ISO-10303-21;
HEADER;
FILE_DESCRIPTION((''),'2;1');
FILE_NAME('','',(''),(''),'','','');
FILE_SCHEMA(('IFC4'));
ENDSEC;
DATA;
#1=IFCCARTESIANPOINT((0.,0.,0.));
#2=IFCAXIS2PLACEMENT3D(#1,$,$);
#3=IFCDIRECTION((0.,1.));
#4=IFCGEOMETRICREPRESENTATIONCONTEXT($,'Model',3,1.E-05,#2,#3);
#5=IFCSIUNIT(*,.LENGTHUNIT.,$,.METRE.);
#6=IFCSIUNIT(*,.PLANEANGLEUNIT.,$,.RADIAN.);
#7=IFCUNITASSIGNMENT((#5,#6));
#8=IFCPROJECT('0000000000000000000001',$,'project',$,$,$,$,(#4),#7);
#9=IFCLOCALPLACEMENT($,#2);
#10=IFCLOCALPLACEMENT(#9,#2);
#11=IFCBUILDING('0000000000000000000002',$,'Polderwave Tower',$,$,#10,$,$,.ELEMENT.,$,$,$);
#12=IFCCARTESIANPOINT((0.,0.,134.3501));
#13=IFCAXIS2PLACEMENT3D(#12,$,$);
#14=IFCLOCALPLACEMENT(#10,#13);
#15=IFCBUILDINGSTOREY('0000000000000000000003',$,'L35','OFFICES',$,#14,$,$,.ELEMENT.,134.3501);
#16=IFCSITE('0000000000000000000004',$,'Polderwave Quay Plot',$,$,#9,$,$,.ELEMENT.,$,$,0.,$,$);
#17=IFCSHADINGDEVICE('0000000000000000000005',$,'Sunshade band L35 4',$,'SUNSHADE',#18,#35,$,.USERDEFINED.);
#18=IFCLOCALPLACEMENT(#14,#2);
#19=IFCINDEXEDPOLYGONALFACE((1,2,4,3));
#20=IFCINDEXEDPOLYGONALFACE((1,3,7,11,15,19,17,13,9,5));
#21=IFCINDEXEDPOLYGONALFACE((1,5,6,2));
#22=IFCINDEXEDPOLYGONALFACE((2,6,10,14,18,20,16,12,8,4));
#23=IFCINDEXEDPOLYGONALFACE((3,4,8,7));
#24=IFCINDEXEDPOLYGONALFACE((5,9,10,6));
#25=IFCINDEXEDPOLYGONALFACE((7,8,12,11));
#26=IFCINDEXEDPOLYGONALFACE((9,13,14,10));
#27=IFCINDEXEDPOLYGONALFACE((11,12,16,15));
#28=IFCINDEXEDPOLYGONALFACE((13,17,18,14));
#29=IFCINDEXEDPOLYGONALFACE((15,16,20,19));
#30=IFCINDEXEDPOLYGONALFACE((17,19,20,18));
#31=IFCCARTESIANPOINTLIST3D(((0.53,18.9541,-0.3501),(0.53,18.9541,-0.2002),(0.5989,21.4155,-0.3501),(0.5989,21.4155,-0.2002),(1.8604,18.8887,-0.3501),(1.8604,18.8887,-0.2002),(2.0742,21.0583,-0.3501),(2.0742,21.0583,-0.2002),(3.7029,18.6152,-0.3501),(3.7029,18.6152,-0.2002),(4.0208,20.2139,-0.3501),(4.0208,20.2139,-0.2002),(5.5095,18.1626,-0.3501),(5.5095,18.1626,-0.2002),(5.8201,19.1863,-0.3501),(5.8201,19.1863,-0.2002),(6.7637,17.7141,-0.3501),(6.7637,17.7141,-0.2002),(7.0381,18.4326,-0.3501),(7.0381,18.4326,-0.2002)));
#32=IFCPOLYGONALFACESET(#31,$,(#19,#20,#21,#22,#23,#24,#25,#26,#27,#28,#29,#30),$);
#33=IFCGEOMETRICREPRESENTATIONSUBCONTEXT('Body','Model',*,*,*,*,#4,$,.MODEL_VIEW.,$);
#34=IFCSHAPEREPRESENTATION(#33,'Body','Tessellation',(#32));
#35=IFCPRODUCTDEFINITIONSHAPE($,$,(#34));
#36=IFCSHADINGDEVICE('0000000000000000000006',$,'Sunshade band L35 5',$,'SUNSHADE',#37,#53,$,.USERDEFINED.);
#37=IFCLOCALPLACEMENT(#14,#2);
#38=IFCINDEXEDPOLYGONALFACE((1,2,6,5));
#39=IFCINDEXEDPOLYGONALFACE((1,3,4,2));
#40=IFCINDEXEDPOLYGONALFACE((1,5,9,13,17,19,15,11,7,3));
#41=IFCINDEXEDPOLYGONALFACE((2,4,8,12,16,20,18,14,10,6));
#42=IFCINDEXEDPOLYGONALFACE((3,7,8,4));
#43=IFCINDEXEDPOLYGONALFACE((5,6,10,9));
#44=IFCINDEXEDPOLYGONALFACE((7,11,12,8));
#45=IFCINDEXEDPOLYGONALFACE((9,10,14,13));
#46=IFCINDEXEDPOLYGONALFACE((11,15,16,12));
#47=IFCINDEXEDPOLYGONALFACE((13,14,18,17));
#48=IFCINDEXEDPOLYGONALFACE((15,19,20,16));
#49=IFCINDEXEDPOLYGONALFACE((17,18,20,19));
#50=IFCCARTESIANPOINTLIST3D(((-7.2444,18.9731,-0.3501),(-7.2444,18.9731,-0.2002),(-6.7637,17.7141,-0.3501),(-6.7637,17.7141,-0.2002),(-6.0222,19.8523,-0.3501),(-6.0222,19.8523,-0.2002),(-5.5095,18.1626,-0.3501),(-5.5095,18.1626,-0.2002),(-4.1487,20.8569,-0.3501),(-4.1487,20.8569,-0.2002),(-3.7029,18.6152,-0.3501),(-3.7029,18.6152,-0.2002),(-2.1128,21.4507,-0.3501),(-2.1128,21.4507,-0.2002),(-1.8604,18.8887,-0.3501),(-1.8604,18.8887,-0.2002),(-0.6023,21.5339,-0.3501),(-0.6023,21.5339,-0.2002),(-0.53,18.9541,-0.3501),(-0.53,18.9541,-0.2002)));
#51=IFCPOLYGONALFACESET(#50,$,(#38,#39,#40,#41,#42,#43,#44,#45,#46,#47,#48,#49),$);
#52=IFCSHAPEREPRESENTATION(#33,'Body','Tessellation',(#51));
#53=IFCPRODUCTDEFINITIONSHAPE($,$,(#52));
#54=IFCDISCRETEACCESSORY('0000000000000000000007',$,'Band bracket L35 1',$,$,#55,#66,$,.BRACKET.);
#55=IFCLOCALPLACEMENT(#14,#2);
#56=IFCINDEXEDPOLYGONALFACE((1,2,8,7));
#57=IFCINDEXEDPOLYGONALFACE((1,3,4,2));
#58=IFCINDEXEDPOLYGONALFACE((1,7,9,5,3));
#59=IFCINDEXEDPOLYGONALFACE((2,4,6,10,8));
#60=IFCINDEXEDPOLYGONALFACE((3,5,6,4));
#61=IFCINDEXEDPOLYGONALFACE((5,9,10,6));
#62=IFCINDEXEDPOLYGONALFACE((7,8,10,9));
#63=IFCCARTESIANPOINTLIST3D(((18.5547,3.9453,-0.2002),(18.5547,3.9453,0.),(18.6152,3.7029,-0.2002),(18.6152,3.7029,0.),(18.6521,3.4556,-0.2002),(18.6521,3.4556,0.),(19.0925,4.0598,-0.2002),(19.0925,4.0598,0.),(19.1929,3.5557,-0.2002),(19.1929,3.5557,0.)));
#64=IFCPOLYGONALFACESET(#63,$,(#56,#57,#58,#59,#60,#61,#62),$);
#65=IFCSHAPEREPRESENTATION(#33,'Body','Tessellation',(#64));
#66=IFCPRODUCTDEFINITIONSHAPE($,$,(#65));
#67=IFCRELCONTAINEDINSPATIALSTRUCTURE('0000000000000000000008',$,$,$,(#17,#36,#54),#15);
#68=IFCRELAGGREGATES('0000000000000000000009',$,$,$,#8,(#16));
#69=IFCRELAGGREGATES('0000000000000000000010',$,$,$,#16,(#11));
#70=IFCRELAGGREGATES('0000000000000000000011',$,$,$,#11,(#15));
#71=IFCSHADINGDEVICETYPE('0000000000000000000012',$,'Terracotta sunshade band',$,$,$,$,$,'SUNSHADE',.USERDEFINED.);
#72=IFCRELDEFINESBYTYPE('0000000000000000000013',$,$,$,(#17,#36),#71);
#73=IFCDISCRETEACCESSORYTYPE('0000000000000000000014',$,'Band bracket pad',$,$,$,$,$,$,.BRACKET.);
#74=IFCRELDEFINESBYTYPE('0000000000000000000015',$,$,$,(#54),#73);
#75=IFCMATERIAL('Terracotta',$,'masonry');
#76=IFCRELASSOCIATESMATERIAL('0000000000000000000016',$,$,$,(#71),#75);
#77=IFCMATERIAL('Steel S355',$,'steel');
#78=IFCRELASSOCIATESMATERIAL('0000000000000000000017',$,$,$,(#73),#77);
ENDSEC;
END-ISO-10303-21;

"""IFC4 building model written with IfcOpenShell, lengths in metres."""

from ifc_helpers import new_model, si_unit, direction, frame, origin, place, context, subcontext, project, spatial, polyline, outline, extrude, material, type_object, element, save


model = new_model("IFC4")

# Units and contexts
model_context = context("Model", 3, precision=1e-05, world=origin(), true_north=direction((0.0, 1.0)))
body_context = subcontext(model_context, "Body", "Model", "MODEL_VIEW")
ifc_project = project(units=[si_unit("LENGTHUNIT", "METRE"), si_unit("PLANEANGLEUNIT", "RADIAN")], contexts=[model_context])

# Site, building, storey
site_placement = place(None, origin())
site = spatial("IfcSite", under=ifc_project, at=site_placement, Name="Polderwave Quay Plot", CompositionType="ELEMENT", RefElevation=0.0)
building_placement = place(site_placement, origin())
building = spatial("IfcBuilding", under=site, at=building_placement, Name="Polderwave Tower", CompositionType="ELEMENT")
storey_placement = place(building_placement, frame((0.0, 0.0, 134.3501)))
storey = spatial("IfcBuildingStorey", under=building, at=storey_placement, Name="L35", Description="OFFICES", CompositionType="ELEMENT", Elevation=134.3501)

# Shading devices
ifc_material_1 = material(Name="Terracotta", Category="masonry")
shading_device_type = type_object("IfcShadingDeviceType", Name="Terracotta sunshade band", ElementType="SUNSHADE", PredefinedType="USERDEFINED", material=ifc_material_1)
shading_device_1_placement = place(storey_placement, frame((0.0, 0.0, -0.3501)))
element("IfcShadingDevice", 1, at=shading_device_1_placement, inside=storey, type_object=shading_device_type, Name="Sunshade band L35 4", ObjectType="SUNSHADE", PredefinedType="USERDEFINED", context=body_context, shape_type="SweptSolid", body=[
    extrude(outline(polyline([(6.7637, 17.7141), (5.5095, 18.1626), (3.7029, 18.6152), (1.8604, 18.8887), (0.53, 18.9541), (0.5989, 21.4155), (2.0742, 21.0583), (4.0208, 20.2139), (5.8201, 19.1863), (7.0381, 18.4326), (6.7637, 17.7141)])), origin(), (0.0, 0.0, 1.0), 0.1499),
])
shading_device_2_placement = place(storey_placement, frame((0.0, 0.0, -0.3501)))
element("IfcShadingDevice", 2, at=shading_device_2_placement, inside=storey, type_object=shading_device_type, Name="Sunshade band L35 5", ObjectType="SUNSHADE", PredefinedType="USERDEFINED", context=body_context, shape_type="SweptSolid", body=[
    extrude(outline(polyline([(-0.53, 18.9541), (-1.8604, 18.8887), (-3.7029, 18.6152), (-5.5095, 18.1626), (-6.7637, 17.7141), (-7.2444, 18.9731), (-6.0222, 19.8523), (-4.1487, 20.8569), (-2.1128, 21.4507), (-0.6023, 21.5339), (-0.53, 18.9541)])), origin(), (0.0, 0.0, 1.0), 0.1499),
])

# Discrete accessory
ifc_material_2 = material(Name="Steel S355", Category="steel")
discrete_accessory_type = type_object("IfcDiscreteAccessoryType", Name="Band bracket pad", PredefinedType="BRACKET", material=ifc_material_2)
discrete_accessory_placement = place(storey_placement, frame((0.0, 0.0, -0.2002)))
element("IfcDiscreteAccessory", 3, at=discrete_accessory_placement, inside=storey, type_object=discrete_accessory_type, Name="Band bracket L35 1", PredefinedType="BRACKET", context=body_context, shape_type="SweptSolid", body=[
    extrude(outline(polyline([(18.6521, 3.4556), (18.6152, 3.7029), (18.5547, 3.9453), (19.0925, 4.0598), (19.1929, 3.5557), (18.6521, 3.4556)])), origin(), (0.0, 0.0, 1.0), 0.2002),
])

save(model, "model.ifc")
